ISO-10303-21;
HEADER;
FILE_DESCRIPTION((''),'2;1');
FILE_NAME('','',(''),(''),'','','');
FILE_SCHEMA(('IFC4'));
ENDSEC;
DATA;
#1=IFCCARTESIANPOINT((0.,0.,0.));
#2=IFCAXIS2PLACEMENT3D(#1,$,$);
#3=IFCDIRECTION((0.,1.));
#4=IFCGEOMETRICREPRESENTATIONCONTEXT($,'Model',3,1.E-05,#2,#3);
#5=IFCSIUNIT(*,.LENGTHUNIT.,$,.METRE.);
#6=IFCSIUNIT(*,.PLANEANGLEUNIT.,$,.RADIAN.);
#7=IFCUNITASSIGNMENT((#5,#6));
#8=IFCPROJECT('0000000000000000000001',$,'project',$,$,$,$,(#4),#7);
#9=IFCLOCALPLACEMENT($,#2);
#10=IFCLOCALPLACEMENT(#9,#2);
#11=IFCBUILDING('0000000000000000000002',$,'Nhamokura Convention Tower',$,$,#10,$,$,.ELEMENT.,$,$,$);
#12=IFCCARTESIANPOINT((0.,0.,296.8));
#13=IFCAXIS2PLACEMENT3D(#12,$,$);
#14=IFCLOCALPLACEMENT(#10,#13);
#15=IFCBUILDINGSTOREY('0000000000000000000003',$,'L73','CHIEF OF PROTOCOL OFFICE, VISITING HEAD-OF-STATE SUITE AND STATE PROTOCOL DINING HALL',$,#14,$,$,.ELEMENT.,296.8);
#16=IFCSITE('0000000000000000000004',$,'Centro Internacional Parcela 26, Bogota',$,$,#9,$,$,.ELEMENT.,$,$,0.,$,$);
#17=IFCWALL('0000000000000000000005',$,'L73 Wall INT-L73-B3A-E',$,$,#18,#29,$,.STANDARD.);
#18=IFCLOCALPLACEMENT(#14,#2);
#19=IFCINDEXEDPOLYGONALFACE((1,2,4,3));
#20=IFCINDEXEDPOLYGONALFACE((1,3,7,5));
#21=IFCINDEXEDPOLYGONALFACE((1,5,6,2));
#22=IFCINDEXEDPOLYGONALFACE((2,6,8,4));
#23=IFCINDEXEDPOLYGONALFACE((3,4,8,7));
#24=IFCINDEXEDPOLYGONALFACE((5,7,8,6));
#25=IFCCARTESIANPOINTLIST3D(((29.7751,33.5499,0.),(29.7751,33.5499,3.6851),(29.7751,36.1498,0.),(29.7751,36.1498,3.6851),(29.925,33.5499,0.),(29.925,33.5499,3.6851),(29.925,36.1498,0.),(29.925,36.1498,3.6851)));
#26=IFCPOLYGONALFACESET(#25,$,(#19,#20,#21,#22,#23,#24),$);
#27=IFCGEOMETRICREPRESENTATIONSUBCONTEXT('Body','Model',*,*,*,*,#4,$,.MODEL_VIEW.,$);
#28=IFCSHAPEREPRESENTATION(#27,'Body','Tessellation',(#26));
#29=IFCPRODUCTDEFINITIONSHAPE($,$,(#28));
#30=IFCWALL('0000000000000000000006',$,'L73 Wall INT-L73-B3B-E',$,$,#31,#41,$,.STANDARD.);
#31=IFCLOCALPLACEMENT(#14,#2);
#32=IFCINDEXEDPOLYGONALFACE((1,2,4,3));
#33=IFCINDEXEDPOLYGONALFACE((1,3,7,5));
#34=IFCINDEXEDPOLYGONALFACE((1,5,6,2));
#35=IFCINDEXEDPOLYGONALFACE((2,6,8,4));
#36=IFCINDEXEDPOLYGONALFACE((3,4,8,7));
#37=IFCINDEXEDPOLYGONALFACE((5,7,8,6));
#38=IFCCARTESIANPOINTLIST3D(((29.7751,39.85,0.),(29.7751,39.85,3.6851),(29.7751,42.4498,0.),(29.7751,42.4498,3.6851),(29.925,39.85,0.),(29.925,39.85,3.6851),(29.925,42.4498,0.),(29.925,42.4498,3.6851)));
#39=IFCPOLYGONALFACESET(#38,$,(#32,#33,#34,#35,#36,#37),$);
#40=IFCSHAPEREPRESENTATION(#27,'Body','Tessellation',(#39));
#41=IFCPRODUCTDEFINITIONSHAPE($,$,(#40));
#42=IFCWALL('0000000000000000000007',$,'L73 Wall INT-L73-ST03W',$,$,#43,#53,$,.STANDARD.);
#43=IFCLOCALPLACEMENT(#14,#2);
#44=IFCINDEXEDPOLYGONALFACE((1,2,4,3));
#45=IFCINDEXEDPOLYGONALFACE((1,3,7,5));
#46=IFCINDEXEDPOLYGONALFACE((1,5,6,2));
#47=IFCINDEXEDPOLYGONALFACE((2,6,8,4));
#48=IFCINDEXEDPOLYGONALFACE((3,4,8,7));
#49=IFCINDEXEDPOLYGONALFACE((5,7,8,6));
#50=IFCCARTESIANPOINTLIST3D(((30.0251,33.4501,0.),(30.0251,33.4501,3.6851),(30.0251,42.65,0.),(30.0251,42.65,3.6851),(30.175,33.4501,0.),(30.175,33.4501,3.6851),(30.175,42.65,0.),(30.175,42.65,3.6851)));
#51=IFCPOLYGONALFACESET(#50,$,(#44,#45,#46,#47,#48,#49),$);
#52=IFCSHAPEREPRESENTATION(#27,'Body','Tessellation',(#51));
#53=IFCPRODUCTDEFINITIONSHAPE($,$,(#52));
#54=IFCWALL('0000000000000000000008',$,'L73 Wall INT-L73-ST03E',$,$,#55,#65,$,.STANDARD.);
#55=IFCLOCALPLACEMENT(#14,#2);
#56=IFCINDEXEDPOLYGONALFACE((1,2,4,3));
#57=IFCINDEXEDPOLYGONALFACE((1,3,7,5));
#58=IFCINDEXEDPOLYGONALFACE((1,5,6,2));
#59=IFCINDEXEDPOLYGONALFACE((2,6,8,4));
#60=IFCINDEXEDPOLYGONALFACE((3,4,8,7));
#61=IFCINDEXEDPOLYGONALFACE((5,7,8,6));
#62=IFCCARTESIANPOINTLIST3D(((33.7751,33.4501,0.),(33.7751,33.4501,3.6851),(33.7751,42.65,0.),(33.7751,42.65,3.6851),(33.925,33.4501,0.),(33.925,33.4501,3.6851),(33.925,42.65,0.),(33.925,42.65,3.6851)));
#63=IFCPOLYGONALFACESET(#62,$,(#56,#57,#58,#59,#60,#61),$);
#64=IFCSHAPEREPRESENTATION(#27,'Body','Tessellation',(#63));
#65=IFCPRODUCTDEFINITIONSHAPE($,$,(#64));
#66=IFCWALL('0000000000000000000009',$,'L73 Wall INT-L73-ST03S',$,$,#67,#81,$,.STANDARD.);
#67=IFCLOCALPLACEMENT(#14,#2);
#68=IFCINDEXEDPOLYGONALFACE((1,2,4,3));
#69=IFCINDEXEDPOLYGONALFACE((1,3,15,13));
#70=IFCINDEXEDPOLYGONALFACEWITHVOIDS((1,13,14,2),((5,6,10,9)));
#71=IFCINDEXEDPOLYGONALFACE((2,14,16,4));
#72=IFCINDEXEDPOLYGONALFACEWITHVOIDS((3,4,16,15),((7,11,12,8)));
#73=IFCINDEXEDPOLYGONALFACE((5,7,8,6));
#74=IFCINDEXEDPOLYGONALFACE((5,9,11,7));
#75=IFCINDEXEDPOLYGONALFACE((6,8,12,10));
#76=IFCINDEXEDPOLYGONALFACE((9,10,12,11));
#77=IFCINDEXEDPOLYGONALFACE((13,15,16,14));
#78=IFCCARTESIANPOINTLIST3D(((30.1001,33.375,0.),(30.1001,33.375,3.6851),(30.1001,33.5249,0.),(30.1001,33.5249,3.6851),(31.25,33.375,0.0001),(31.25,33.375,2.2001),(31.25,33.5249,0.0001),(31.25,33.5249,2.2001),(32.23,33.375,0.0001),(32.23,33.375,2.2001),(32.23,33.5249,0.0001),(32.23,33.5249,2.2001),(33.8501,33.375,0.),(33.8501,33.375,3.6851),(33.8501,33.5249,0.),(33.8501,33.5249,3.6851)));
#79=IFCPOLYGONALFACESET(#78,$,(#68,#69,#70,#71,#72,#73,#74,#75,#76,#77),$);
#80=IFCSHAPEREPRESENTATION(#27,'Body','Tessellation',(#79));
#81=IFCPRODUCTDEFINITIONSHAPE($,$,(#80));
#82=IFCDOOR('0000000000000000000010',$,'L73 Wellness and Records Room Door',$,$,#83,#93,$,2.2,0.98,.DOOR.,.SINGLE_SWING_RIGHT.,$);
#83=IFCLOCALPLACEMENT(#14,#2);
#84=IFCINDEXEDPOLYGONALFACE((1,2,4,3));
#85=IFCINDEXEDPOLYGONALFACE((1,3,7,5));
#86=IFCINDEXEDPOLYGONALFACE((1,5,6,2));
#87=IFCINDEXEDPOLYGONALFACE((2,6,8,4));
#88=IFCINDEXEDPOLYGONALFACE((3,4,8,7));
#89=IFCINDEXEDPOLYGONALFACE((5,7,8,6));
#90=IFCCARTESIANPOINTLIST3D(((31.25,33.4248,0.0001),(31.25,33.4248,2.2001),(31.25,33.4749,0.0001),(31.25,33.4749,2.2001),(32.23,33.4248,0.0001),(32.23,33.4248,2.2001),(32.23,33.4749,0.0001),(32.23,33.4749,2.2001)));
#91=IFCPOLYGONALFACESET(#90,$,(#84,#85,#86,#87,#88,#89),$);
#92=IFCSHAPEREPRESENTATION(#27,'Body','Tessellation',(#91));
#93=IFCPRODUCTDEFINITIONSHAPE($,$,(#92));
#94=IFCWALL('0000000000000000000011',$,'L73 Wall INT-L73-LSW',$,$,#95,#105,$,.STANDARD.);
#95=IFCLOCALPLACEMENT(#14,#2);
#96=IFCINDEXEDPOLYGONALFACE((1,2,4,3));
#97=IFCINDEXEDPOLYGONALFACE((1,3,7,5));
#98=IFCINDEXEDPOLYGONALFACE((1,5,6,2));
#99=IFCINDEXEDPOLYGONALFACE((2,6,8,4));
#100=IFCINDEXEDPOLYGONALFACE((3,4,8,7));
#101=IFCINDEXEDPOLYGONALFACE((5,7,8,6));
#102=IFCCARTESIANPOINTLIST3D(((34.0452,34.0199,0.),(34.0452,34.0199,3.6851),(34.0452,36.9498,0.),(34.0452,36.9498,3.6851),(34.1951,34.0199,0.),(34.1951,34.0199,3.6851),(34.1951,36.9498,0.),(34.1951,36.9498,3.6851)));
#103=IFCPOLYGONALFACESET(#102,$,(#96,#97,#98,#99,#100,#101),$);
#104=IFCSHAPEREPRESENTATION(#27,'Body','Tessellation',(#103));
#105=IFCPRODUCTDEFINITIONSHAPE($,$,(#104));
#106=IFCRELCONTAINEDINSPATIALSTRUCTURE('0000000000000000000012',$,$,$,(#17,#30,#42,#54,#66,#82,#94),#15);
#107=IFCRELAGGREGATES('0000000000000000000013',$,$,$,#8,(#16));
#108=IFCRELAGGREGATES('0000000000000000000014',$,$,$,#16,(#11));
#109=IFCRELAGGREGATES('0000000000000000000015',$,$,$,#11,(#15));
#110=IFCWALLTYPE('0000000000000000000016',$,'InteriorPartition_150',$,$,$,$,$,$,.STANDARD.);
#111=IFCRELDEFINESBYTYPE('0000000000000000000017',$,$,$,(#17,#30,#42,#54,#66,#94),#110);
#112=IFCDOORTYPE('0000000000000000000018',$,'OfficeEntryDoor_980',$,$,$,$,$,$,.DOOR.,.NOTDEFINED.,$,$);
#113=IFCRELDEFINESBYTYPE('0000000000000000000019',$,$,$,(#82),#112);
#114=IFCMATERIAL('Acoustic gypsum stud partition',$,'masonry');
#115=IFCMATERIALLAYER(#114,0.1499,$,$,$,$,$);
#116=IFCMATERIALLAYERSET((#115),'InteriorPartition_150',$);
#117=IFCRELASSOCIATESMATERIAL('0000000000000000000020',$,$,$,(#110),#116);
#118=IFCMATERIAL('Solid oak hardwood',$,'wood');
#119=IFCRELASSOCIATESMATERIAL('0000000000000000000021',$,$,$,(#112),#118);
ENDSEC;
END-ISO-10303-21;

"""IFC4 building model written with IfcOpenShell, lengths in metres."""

from ifc_helpers import new_model, si_unit, direction, frame, frame_2d, origin, place, context, subcontext, project, spatial, rectangle, extrude, material, layer, layer_set, type_object, element, fill, save


model = new_model("IFC4")

# Units and contexts
model_context = context("Model", 3, precision=1e-05, world=origin(), true_north=direction((0.0, 1.0)))
body_context = subcontext(model_context, "Body", "Model", "MODEL_VIEW")
ifc_project = project(units=[si_unit("LENGTHUNIT", "METRE"), si_unit("PLANEANGLEUNIT", "RADIAN")], contexts=[model_context])

# Site, building, storey
site_placement = place(None, origin())
site = spatial("IfcSite", under=ifc_project, at=site_placement, Name="Centro Internacional Parcela 26, Bogota", CompositionType="ELEMENT", RefElevation=0.0)
building_placement = place(site_placement, origin())
building = spatial("IfcBuilding", under=site, at=building_placement, Name="Nhamokura Convention Tower", CompositionType="ELEMENT")
storey_placement = place(building_placement, frame((0.0, 0.0, 296.8)))
storey = spatial("IfcBuildingStorey", under=building, at=storey_placement, Name="L73", Description="CHIEF OF PROTOCOL OFFICE, VISITING HEAD-OF-STATE SUITE AND STATE PROTOCOL DINING HALL", CompositionType="ELEMENT", Elevation=296.8)

# Shared definitions
ifc_material_1 = material(Name="Acoustic gypsum stud partition", Category="masonry")
ifc_layer_1 = layer(ifc_material_1, 0.1499)
ifc_layer_set_1 = layer_set([ifc_layer_1], Name="InteriorPartition_150")
wall_type_1 = type_object("IfcWallType", Name="InteriorPartition_150", PredefinedType="STANDARD", material=ifc_layer_set_1)

# Shared definitions
ifc_material_2 = material(Name="Solid oak hardwood", Category="wood")
door_type_1 = type_object("IfcDoorType", Name="OfficeEntryDoor_980", OperationType="NOTDEFINED", PredefinedType="DOOR", material=ifc_material_2)

# Walls
for number, where, z_axis, x_axis, name in (
    (1, (29.8501, 33.55, 0.0), (0.0, 0.0, 1.0), (0.0, 1.0, 0.0), "L73 Wall INT-L73-B3A-E"),
    (2, (29.8501, 39.8501, 0.0), (0.0, 0.0, 1.0), (0.0, 1.0, 0.0), "L73 Wall INT-L73-B3B-E"),
):
    element("IfcWall", number, at=place(storey_placement, frame(where, z_axis=z_axis, x_axis=x_axis)), inside=storey, type_object=wall_type_1, Name=name, PredefinedType="STANDARD", context=body_context, shape_type="SweptSolid", body=[
        extrude(rectangle(XDim=2.5999, YDim=0.1499, at=frame_2d((1.2998, 0.0))), origin(), (0.0, 0.0, 1.0), 3.6851),
    ])
for number, where, z_axis, x_axis, name in (
    (3, (30.1001, 33.45, 0.0), (0.0, 0.0, 1.0), (0.0, 1.0, 0.0), "L73 Wall INT-L73-ST03W"),
    (4, (33.8501, 33.45, 0.0), (0.0, 0.0, 1.0), (0.0, 1.0, 0.0), "L73 Wall INT-L73-ST03E"),
):
    element("IfcWall", number, at=place(storey_placement, frame(where, z_axis=z_axis, x_axis=x_axis)), inside=storey, type_object=wall_type_1, Name=name, PredefinedType="STANDARD", context=body_context, shape_type="SweptSolid", body=[
        extrude(rectangle(XDim=9.2, YDim=0.1499, at=frame_2d((4.6001, 0.0))), origin(), (0.0, 0.0, 1.0), 3.6851),
    ])

# Wall, opening, door
wall_1_placement = place(storey_placement, frame((30.1001, 33.45, 0.0), z_axis=(0.0, 0.0, 1.0), x_axis=(1.0, 0.0, 0.0)))
wall_1 = element("IfcWall", 5, at=wall_1_placement, inside=storey, type_object=wall_type_1, Name="L73 Wall INT-L73-ST03S", PredefinedType="STANDARD", context=body_context, shape_type="SweptSolid", body=[
    extrude(rectangle(XDim=3.75, YDim=0.1499, at=frame_2d((1.875, 0.0))), origin(), (0.0, 0.0, 1.0), 3.6851),
])
opening_1_placement = place(wall_1_placement, frame((1.1499, 0.0, 0.0)))
opening_1 = element("IfcOpeningElement", 6, at=opening_1_placement, cuts=wall_1, PredefinedType="OPENING", context=body_context, shape_type="SweptSolid", body=[
    extrude(rectangle(XDim=0.98, YDim=2.2, at=frame_2d((0.49, 1.1001))), frame((0.0, 0.085, 0.0), z_axis=(0.0, -1.0, 0.0), x_axis=(1.0, 0.0, 0.0)), (0.0, 0.0, 1.0), 0.1699),
])
door_1_placement = place(opening_1_placement, origin())
door_1 = element("IfcDoor", 7, at=door_1_placement, inside=storey, type_object=door_type_1, Name="L73 Wellness and Records Room Door", OperationType="SINGLE_SWING_RIGHT", OverallHeight=2.2, OverallWidth=0.98, PredefinedType="DOOR", context=body_context, shape_type="SweptSolid", body=[
    extrude(rectangle(XDim=0.98, YDim=2.2, at=frame_2d((0.49, 1.1001))), frame((0.0, 0.0249, 0.0), z_axis=(0.0, -1.0, 0.0), x_axis=(1.0, 0.0, 0.0)), (0.0, 0.0, 1.0), 0.05),
])
fill(opening_1, door_1)

# Wall
wall_2_placement = place(storey_placement, frame((34.1201, 34.02, 0.0), z_axis=(0.0, 0.0, 1.0), x_axis=(0.0, 1.0, 0.0)))
element("IfcWall", 8, at=wall_2_placement, inside=storey, type_object=wall_type_1, Name="L73 Wall INT-L73-LSW", PredefinedType="STANDARD", context=body_context, shape_type="SweptSolid", body=[
    extrude(rectangle(XDim=2.9299, YDim=0.1499, at=frame_2d((1.4648, 0.0))), origin(), (0.0, 0.0, 1.0), 3.6851),
])

save(model, "model.ifc")
